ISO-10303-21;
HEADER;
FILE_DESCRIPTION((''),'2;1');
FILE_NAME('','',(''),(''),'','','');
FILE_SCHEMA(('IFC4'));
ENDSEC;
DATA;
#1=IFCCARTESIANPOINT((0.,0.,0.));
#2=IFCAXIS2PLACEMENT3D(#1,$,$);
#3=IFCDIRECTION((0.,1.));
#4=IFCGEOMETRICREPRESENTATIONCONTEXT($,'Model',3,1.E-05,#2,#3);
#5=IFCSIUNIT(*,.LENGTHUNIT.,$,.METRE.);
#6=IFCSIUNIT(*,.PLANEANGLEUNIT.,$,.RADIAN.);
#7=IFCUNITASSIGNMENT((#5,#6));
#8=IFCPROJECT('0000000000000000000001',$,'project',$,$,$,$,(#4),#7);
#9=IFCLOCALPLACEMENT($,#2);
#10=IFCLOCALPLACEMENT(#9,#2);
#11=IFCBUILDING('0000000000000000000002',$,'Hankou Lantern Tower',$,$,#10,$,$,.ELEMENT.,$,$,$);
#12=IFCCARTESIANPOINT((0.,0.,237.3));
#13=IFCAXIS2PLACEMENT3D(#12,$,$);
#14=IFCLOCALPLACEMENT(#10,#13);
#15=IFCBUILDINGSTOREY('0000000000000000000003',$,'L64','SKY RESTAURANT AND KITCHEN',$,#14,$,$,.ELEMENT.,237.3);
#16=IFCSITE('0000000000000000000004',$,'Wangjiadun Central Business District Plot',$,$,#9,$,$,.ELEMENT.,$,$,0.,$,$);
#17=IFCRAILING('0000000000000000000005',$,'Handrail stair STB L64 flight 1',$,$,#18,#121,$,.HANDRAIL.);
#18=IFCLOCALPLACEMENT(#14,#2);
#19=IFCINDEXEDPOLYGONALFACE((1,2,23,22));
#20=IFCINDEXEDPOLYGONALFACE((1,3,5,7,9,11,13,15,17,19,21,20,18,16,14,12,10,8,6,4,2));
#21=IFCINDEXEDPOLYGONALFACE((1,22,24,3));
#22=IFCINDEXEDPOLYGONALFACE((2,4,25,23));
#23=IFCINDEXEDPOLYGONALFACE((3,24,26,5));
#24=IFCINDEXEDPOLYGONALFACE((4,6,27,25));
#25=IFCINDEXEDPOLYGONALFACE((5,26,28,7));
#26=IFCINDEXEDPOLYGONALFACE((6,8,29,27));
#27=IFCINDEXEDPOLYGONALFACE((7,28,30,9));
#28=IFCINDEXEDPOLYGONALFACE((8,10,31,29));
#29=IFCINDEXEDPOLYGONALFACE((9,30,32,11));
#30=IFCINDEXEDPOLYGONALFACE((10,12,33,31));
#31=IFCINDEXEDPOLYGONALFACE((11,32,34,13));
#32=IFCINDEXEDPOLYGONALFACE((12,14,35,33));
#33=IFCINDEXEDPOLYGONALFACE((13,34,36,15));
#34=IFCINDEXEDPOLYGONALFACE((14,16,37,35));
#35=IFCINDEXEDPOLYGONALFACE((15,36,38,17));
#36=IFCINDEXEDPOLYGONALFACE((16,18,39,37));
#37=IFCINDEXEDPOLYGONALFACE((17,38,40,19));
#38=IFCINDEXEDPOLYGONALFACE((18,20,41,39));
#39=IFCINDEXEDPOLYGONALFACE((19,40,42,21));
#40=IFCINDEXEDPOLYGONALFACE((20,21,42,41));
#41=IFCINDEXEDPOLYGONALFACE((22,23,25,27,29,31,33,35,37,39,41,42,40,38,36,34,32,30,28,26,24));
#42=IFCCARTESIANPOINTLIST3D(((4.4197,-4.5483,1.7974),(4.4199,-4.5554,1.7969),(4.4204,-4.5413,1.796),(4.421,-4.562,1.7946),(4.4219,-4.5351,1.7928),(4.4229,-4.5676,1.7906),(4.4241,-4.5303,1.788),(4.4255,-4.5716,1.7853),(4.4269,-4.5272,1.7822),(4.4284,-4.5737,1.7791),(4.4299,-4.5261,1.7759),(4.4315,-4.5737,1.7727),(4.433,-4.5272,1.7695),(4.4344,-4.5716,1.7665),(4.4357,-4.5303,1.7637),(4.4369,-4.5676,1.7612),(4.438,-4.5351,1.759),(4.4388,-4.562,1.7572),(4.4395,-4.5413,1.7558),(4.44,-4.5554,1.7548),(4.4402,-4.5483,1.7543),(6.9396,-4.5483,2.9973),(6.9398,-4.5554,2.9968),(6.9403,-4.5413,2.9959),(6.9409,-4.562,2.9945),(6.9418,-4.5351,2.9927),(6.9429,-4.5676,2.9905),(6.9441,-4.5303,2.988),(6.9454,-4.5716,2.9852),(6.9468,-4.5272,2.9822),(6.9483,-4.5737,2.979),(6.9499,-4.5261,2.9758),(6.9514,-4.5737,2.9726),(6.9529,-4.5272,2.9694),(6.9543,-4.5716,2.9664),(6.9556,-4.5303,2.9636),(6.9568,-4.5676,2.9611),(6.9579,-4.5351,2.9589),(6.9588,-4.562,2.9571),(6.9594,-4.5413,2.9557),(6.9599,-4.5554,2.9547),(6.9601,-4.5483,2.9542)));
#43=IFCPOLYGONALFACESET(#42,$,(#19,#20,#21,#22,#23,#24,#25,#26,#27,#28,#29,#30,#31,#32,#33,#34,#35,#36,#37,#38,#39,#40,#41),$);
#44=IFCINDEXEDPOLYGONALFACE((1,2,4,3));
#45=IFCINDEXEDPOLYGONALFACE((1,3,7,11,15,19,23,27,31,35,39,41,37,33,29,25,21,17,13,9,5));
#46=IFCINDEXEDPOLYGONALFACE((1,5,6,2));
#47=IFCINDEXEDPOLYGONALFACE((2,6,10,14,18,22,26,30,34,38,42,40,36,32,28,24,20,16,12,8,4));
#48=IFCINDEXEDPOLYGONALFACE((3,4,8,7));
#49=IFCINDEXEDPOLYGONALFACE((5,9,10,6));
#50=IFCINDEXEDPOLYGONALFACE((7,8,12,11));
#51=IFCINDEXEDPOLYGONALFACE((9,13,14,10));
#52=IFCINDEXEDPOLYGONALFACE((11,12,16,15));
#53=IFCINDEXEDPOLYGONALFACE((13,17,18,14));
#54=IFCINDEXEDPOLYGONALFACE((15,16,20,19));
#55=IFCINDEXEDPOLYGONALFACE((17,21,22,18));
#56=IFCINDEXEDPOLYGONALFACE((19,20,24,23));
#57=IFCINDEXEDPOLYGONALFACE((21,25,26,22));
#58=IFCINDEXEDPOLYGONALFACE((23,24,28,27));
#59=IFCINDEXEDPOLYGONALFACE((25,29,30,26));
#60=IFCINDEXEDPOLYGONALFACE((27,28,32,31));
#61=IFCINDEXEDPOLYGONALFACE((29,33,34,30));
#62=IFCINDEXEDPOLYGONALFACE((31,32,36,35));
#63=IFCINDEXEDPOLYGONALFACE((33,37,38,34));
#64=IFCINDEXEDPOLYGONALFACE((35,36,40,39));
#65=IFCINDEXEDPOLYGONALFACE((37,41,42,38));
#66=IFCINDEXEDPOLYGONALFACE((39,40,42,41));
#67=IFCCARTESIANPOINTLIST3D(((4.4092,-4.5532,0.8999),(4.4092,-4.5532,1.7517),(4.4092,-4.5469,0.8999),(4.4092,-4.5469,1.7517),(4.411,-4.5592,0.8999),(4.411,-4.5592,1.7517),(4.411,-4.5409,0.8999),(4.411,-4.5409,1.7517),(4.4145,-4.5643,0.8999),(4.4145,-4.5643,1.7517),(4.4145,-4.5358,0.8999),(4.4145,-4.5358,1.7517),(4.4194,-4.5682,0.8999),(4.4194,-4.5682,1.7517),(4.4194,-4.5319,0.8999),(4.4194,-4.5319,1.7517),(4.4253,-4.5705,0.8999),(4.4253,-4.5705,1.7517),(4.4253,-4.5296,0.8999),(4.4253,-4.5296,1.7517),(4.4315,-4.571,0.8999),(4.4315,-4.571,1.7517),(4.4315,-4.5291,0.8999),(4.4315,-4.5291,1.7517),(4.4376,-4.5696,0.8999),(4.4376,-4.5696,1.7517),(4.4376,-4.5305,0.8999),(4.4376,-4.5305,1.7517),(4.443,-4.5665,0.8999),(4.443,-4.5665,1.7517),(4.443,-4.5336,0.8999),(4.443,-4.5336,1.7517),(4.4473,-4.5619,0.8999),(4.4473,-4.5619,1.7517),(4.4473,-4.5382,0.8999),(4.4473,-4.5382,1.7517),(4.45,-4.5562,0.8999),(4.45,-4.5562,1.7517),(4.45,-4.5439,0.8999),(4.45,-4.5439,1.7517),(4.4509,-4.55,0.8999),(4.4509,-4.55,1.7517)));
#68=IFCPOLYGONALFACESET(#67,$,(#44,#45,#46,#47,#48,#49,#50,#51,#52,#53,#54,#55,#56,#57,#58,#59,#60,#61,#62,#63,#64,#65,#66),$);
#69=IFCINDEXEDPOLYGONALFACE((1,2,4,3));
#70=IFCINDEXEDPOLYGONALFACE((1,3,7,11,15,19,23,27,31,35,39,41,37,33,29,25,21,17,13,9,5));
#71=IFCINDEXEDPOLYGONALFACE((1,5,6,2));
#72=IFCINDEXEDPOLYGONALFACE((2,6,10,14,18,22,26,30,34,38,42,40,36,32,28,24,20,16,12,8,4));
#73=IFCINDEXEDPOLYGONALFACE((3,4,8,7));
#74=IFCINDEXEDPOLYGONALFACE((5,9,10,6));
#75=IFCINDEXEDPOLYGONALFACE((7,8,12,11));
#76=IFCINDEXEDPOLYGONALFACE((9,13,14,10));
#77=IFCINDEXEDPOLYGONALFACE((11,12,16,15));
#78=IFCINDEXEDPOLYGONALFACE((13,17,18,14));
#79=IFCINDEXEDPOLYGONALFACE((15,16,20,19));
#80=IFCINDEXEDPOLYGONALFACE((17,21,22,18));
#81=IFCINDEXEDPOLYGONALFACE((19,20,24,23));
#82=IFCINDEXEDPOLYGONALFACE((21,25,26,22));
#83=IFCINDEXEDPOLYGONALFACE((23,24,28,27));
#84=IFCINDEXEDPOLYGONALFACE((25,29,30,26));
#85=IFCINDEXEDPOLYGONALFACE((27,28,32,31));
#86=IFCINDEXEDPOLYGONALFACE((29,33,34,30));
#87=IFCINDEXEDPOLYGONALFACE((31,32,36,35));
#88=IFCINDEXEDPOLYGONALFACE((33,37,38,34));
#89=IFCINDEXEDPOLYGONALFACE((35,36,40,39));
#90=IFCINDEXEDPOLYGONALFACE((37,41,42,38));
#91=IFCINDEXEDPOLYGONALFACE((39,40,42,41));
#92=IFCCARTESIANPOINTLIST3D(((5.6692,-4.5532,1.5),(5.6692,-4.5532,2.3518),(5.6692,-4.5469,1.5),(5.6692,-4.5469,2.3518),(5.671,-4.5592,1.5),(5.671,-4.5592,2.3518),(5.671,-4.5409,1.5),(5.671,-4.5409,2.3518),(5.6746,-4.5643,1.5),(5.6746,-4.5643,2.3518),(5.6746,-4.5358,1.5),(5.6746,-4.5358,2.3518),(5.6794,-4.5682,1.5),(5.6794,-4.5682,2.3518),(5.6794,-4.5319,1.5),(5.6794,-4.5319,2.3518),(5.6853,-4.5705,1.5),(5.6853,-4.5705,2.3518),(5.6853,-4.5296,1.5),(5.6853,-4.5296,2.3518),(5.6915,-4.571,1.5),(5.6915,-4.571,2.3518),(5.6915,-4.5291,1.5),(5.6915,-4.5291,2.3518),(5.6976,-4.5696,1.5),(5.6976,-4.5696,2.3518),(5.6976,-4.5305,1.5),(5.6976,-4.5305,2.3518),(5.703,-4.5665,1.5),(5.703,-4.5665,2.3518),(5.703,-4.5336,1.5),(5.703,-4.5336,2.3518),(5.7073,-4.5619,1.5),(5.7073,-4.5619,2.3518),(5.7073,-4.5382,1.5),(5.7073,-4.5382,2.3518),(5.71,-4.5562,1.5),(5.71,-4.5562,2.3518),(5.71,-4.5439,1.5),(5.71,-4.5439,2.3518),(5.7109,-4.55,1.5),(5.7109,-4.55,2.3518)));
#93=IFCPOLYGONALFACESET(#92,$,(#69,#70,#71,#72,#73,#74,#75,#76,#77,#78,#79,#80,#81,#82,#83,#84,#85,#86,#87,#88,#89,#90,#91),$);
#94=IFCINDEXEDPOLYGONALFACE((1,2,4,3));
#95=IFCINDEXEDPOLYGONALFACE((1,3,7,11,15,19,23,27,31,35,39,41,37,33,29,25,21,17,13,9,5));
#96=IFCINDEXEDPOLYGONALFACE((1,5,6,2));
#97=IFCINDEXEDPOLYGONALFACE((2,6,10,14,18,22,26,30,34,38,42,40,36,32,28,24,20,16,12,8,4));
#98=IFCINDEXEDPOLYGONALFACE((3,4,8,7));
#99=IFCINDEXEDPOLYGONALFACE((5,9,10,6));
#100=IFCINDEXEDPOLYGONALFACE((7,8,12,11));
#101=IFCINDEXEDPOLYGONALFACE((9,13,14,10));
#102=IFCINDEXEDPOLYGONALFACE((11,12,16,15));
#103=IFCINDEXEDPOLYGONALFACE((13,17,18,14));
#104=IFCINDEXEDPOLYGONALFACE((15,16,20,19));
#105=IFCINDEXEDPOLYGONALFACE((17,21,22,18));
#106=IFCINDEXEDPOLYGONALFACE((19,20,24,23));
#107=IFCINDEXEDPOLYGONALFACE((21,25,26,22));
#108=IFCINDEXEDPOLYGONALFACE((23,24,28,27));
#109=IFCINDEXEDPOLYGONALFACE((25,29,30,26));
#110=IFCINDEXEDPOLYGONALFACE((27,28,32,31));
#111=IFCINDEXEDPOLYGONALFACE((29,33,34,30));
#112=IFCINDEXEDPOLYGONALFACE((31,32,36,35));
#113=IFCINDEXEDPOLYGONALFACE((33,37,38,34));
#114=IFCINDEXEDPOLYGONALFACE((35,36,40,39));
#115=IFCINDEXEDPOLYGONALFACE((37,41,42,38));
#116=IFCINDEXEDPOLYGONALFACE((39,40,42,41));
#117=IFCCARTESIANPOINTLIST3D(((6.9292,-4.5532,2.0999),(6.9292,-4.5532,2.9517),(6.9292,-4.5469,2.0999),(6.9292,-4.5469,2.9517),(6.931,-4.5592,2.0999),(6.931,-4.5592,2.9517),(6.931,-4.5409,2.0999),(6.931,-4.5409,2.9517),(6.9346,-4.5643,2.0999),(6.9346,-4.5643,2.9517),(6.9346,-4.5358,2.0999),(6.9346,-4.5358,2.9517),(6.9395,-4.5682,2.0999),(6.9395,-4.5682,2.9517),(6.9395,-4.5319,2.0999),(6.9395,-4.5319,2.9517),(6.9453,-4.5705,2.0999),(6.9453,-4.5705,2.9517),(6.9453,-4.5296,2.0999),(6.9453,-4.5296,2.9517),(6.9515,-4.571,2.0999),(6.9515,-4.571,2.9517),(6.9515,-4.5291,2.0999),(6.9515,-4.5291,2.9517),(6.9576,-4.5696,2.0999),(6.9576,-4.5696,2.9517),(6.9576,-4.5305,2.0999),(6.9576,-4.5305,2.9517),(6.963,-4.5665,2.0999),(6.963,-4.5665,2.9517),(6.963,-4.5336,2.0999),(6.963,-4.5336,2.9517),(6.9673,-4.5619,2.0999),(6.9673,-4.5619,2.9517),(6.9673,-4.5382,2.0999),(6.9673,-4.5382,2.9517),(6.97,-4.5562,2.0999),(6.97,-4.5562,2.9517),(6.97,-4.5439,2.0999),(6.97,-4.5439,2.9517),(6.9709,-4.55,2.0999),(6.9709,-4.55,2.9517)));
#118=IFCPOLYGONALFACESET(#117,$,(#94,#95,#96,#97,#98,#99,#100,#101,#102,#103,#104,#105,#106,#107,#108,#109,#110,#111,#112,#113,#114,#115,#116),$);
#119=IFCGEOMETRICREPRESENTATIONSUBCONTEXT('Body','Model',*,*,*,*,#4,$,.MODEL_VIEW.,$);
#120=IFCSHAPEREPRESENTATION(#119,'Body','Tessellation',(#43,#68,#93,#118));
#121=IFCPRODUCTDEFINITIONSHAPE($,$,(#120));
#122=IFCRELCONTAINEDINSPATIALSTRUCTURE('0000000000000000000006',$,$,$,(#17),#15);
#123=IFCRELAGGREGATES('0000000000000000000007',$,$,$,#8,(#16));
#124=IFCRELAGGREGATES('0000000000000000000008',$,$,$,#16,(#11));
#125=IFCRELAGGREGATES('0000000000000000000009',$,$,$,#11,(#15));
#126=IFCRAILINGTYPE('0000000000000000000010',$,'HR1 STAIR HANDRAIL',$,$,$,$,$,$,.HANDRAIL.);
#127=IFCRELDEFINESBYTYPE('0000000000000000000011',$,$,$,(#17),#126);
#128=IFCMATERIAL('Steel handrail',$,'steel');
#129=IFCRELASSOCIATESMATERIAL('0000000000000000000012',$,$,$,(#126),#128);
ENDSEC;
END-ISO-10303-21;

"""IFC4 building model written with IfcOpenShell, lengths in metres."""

from ifc_helpers import new_model, si_unit, direction, frame, origin, origin_2d, place, context, subcontext, project, spatial, circle, extrude, material, type_object, element, save


model = new_model("IFC4")

# Units and contexts
model_context = context("Model", 3, precision=1e-05, world=origin(), true_north=direction((0.0, 1.0)))
body_context = subcontext(model_context, "Body", "Model", "MODEL_VIEW")
ifc_project = project(units=[si_unit("LENGTHUNIT", "METRE"), si_unit("PLANEANGLEUNIT", "RADIAN")], contexts=[model_context])

# Site, building, storey
site_placement = place(None, origin())
site = spatial("IfcSite", under=ifc_project, at=site_placement, Name="Wangjiadun Central Business District Plot", CompositionType="ELEMENT", RefElevation=0.0)
building_placement = place(site_placement, origin())
building = spatial("IfcBuilding", under=site, at=building_placement, Name="Hankou Lantern Tower", CompositionType="ELEMENT")
storey_placement = place(building_placement, frame((0.0, 0.0, 237.3)))
storey = spatial("IfcBuildingStorey", under=building, at=storey_placement, Name="L64", Description="SKY RESTAURANT AND KITCHEN", CompositionType="ELEMENT", Elevation=237.3)

# Railing
ifc_material_1 = material(Name="Steel handrail", Category="steel")
railing_type = type_object("IfcRailingType", Name="HR1 STAIR HANDRAIL", PredefinedType="HANDRAIL", material=ifc_material_1)
railing_1_placement = place(storey_placement, frame((4.4299, -4.55, 0.8999)))
element("IfcRailing", 1, at=railing_1_placement, inside=storey, type_object=railing_type, Name="Handrail stair STB L64 flight 1", PredefinedType="HANDRAIL", context=body_context, shape_type="SweptSolid", body=[
    extrude(circle(Radius=0.0239, at=origin_2d()), frame((0.0, 0.0, 0.876), z_axis=(0.902869, 0.0, 0.429917), x_axis=(0.0, 1.0, 0.0)), (0.0, 0.0, 1.0), 2.791),
    extrude(circle(Radius=0.021, at=origin_2d()), origin(), (0.0, 0.0, 1.0), 0.8518),
    extrude(circle(Radius=0.021, at=origin_2d()), frame((1.26, 0.0, 0.6001)), (0.0, 0.0, 1.0), 0.8518),
    extrude(circle(Radius=0.021, at=origin_2d()), frame((2.52, 0.0, 1.2)), (0.0, 0.0, 1.0), 0.8518),
])

save(model, "model.ifc")
